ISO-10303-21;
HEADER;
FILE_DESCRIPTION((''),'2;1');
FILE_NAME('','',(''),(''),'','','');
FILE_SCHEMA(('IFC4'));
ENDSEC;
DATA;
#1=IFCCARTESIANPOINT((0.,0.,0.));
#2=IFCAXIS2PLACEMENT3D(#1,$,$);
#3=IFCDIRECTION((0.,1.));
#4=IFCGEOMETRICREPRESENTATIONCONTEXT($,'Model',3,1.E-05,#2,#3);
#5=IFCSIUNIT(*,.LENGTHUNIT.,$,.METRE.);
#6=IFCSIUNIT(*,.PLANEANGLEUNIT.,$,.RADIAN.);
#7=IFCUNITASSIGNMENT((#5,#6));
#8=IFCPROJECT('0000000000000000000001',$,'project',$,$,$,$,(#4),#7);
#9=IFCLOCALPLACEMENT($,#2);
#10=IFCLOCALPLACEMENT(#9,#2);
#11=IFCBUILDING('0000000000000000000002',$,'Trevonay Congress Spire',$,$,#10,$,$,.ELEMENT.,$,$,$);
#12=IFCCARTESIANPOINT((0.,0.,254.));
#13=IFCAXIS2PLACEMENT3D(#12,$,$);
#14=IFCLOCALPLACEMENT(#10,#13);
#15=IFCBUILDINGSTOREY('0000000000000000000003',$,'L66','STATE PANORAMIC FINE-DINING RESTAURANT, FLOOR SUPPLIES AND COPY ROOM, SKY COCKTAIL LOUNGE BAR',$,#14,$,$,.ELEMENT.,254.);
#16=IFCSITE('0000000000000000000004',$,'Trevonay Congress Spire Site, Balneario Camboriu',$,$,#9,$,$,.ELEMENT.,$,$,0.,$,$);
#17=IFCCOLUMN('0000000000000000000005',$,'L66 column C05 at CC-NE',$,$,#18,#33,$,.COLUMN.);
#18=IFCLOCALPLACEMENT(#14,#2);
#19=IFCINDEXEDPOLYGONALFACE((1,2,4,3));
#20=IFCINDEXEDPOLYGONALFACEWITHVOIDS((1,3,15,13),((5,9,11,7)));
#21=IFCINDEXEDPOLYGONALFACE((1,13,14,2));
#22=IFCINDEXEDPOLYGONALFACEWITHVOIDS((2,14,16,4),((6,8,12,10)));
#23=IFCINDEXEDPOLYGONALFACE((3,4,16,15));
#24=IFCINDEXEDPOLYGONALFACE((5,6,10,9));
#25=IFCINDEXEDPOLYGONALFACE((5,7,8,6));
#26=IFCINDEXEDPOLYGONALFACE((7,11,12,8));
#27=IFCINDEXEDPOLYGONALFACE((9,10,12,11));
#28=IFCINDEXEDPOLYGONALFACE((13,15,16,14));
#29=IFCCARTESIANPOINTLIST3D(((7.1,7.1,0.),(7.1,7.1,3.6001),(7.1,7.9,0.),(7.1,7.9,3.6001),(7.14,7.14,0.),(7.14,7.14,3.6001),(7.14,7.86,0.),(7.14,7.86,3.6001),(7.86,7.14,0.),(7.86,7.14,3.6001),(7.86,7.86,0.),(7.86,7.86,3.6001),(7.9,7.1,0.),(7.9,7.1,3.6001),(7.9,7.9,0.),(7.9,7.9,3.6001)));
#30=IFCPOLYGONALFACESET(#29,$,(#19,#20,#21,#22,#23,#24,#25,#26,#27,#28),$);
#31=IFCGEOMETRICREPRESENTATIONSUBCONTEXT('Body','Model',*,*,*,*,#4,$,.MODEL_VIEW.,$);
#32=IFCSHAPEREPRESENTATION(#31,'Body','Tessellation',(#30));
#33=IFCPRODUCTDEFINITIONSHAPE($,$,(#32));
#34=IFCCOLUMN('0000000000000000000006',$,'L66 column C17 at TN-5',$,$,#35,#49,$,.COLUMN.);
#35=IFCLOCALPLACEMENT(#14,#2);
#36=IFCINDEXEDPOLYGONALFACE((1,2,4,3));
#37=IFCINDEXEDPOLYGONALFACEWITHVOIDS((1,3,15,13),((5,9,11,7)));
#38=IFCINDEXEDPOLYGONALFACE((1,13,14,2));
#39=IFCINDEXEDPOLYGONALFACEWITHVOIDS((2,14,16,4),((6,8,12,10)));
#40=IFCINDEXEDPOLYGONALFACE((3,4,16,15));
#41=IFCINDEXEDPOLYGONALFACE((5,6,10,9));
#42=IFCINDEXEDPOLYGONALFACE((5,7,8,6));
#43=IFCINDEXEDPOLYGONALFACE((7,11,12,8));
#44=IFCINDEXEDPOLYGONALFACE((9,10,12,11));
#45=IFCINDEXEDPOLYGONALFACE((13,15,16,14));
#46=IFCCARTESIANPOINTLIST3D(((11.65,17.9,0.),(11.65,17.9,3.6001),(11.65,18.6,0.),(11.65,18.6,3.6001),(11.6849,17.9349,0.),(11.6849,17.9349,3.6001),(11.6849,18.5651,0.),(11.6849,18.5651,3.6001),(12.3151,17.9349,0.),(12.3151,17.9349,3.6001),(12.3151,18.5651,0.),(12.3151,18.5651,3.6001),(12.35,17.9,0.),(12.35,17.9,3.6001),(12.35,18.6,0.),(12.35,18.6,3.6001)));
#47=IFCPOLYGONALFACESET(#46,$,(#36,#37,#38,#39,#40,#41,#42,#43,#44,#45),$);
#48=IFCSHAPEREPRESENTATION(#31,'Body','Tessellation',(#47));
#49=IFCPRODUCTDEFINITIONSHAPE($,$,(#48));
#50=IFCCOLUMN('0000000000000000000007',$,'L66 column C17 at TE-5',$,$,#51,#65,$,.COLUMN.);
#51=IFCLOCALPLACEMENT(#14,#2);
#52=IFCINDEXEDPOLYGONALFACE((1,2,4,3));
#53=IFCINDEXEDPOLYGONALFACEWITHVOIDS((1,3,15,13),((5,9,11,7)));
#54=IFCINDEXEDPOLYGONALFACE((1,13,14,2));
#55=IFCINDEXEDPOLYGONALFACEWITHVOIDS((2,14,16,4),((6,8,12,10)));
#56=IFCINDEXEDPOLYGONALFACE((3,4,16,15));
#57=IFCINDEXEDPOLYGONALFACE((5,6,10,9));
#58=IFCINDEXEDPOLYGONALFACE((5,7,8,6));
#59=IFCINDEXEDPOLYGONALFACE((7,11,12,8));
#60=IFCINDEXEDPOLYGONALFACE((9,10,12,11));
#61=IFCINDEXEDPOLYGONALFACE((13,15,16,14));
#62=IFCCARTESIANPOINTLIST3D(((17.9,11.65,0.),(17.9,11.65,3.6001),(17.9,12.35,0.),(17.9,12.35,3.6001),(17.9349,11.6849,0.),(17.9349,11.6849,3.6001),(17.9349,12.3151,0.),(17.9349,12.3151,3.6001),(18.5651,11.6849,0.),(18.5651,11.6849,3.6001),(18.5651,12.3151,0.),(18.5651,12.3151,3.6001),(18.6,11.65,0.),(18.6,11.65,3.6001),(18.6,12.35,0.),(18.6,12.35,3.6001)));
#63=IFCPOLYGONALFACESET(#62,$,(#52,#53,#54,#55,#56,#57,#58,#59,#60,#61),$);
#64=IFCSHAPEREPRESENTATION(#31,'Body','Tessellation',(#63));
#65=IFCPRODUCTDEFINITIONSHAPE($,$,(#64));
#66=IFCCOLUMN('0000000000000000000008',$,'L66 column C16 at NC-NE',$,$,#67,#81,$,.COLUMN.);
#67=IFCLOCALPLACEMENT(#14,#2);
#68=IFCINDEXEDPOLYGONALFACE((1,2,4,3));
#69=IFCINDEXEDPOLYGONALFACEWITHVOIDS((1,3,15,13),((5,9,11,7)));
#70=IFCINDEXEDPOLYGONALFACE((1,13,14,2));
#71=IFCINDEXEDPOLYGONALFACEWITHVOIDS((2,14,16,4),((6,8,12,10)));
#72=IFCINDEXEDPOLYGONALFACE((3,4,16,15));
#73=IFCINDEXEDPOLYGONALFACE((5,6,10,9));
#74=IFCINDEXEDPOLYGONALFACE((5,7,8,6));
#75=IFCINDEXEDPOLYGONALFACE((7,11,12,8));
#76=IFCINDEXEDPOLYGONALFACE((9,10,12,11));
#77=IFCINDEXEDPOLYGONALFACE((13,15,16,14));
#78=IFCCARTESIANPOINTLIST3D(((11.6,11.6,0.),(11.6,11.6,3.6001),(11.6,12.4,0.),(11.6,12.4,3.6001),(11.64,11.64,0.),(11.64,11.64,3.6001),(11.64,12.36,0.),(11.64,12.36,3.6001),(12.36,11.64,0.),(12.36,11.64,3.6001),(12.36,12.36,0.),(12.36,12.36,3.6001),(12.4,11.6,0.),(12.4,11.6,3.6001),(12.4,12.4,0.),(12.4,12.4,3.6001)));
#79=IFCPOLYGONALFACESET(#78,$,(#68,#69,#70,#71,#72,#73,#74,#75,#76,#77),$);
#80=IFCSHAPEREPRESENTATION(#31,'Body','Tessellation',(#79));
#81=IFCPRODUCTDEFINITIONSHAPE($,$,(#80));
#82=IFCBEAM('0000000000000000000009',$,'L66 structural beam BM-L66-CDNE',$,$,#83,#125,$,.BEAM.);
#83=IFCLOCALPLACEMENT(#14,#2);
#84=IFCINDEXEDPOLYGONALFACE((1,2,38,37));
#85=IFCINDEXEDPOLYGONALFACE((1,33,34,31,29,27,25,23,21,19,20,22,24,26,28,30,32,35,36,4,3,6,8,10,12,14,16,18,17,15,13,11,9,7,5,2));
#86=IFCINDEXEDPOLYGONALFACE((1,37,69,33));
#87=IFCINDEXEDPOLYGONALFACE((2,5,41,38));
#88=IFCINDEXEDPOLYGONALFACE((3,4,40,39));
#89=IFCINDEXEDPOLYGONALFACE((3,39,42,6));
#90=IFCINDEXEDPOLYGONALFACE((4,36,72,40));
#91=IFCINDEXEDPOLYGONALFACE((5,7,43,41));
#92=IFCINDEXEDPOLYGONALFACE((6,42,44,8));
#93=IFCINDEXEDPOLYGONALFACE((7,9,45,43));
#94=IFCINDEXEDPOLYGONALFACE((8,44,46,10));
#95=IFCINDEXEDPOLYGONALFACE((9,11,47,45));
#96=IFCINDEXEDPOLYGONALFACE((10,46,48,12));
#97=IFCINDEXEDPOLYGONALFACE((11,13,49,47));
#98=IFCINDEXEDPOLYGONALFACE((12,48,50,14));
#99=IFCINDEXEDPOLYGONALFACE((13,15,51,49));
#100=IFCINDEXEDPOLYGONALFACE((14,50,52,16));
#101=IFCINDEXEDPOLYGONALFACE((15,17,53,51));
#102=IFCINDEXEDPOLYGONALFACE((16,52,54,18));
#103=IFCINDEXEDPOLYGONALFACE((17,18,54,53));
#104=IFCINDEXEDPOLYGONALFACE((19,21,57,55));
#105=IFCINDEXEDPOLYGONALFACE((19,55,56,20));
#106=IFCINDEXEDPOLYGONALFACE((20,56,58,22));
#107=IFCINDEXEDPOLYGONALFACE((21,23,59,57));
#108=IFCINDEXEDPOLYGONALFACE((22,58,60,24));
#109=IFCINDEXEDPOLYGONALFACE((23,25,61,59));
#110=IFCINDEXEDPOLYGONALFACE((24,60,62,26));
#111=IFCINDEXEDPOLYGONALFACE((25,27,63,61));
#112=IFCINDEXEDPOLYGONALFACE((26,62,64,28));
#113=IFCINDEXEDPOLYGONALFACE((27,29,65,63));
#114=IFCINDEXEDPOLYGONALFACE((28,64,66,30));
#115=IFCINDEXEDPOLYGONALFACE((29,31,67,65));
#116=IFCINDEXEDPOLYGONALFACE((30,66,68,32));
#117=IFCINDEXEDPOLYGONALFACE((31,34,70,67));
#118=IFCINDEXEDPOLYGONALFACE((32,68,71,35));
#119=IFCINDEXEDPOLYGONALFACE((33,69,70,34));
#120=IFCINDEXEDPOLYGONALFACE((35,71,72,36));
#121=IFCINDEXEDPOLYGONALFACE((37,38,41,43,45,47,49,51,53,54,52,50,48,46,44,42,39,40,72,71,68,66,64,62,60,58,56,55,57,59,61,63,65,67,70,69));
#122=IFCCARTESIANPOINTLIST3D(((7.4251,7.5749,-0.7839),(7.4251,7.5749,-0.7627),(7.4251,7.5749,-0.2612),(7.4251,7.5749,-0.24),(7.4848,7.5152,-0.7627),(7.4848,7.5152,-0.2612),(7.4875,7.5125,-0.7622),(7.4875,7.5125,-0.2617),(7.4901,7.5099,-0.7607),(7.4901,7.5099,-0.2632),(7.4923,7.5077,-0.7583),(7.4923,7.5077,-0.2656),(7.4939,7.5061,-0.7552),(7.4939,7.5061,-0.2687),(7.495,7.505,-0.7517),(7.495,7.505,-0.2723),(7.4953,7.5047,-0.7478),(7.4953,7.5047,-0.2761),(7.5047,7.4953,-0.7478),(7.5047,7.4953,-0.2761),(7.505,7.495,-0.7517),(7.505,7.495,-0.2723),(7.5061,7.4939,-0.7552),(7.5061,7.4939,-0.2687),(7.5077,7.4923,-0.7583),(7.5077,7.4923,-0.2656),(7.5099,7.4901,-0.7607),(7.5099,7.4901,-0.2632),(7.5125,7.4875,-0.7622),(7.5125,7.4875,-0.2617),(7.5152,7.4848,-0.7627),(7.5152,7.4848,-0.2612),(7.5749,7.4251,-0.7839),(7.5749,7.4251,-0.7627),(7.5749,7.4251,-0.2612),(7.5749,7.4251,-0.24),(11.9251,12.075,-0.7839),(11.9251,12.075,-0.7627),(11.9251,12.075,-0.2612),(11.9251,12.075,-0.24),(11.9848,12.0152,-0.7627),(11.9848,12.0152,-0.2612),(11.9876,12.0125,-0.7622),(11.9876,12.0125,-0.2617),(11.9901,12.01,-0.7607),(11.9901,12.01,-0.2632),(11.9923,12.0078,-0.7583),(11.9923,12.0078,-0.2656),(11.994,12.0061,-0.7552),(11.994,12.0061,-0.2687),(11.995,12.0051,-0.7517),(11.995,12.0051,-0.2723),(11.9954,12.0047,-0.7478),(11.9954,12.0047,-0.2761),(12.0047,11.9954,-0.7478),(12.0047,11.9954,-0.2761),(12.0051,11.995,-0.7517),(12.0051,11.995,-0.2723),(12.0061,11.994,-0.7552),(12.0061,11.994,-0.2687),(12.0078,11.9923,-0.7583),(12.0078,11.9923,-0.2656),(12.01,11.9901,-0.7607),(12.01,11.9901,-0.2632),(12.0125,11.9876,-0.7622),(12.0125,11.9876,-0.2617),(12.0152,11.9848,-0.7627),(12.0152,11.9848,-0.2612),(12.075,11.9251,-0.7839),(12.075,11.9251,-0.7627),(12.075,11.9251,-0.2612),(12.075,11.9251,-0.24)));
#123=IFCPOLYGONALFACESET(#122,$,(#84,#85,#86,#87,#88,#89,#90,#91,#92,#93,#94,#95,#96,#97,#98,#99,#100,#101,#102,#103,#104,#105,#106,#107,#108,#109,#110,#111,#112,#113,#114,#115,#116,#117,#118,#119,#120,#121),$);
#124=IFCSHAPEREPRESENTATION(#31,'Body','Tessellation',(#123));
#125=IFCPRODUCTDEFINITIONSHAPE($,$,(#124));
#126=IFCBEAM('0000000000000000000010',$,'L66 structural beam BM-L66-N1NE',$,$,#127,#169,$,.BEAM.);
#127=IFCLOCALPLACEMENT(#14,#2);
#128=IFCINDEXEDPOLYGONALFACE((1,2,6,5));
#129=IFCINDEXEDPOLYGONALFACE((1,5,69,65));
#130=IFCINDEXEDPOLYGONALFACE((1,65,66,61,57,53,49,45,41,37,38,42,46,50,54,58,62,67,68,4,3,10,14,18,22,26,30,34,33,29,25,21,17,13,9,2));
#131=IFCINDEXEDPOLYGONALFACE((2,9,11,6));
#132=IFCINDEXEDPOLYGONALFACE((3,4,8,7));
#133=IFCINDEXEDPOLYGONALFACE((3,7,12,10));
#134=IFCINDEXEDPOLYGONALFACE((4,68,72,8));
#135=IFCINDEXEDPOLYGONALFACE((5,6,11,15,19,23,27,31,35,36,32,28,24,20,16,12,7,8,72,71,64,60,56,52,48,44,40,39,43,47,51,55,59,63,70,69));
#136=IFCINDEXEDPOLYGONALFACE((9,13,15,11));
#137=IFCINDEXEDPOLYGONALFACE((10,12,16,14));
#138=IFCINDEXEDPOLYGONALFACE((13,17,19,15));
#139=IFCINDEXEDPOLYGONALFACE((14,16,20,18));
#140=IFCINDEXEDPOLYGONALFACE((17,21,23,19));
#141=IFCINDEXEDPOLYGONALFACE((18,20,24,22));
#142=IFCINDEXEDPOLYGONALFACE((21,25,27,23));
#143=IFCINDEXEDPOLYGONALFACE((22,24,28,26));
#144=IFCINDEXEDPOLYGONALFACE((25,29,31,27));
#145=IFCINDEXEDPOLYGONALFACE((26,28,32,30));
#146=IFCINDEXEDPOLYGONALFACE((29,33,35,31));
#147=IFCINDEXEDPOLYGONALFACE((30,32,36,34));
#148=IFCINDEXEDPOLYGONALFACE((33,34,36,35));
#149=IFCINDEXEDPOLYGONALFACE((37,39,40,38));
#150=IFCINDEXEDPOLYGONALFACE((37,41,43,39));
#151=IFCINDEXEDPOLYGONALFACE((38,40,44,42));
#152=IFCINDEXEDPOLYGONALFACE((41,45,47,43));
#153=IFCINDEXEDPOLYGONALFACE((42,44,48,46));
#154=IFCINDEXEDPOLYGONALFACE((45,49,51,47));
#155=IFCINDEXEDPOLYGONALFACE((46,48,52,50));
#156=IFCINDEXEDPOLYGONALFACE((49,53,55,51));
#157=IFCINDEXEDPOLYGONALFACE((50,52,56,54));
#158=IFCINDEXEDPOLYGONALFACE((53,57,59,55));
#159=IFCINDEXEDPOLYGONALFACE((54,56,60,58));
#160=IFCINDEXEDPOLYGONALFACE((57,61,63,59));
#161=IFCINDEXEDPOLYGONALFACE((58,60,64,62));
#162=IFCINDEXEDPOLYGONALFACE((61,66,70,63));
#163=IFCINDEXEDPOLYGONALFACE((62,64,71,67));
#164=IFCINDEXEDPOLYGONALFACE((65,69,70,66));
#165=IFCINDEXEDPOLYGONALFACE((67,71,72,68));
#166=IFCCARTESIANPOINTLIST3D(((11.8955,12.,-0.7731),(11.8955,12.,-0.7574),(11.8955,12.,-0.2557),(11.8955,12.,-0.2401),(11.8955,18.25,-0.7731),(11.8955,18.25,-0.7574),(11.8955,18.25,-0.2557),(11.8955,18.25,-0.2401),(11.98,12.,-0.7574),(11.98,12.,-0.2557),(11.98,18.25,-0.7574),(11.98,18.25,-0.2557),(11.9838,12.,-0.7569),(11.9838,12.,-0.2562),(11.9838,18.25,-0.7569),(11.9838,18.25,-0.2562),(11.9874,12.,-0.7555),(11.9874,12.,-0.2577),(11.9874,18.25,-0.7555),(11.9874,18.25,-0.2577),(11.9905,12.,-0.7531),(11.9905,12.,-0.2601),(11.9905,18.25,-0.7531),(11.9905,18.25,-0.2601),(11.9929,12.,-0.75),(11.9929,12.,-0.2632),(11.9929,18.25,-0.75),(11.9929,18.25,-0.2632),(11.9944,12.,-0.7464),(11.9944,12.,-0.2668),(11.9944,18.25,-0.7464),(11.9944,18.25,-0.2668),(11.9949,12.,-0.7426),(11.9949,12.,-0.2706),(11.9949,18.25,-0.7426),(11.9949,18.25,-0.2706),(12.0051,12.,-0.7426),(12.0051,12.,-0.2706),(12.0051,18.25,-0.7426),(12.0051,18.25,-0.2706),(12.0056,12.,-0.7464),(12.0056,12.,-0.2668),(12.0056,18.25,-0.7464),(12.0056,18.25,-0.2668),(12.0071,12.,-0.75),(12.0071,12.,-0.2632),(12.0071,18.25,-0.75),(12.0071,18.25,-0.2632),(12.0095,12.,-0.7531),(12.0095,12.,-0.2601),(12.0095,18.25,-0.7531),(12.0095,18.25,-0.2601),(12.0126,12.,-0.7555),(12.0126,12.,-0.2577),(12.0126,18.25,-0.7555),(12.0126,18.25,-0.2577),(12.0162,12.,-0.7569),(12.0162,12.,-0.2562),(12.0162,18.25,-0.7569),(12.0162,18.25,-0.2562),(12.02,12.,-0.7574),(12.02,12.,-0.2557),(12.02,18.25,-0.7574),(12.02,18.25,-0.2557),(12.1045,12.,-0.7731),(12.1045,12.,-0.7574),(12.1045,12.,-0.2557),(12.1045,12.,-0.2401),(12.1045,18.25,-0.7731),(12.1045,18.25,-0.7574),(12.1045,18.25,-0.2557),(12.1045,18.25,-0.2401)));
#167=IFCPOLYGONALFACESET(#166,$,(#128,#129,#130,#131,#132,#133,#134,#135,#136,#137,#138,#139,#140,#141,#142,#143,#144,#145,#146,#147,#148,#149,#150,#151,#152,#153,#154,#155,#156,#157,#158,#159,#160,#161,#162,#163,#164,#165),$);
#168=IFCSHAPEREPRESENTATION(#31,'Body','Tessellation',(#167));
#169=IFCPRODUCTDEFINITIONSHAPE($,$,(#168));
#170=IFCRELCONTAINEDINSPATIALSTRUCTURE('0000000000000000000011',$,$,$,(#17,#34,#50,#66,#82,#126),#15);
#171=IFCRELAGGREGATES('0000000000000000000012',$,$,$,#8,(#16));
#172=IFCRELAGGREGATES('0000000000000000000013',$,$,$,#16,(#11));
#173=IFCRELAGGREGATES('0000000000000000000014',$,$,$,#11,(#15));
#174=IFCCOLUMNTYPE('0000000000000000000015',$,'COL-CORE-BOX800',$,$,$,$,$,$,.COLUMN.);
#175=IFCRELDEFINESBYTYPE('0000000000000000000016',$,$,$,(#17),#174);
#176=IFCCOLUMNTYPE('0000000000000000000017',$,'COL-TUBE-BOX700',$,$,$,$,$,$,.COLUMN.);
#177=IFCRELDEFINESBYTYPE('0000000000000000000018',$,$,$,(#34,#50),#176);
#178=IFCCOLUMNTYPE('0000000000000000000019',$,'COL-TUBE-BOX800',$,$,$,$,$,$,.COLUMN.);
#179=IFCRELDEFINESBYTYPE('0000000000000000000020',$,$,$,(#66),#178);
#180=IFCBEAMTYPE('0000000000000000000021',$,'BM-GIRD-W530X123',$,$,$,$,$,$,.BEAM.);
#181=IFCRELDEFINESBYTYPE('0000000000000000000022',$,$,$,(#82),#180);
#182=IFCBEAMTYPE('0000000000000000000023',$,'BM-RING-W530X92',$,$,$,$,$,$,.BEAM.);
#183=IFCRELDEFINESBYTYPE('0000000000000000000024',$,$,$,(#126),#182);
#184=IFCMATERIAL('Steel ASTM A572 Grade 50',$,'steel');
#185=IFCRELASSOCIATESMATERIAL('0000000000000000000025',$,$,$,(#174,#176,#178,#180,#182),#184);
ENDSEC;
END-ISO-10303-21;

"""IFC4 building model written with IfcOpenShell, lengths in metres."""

from ifc_helpers import new_model, si_unit, direction, frame, origin, origin_2d, place, context, subcontext, project, spatial, hollow_rectangle, i_section, extrude, material, material_profile, profile_set, type_object, element, save


model = new_model("IFC4")

# Units and contexts
model_context = context("Model", 3, precision=1e-05, world=origin(), true_north=direction((0.0, 1.0)))
body_context = subcontext(model_context, "Body", "Model", "MODEL_VIEW")
ifc_project = project(units=[si_unit("LENGTHUNIT", "METRE"), si_unit("PLANEANGLEUNIT", "RADIAN")], contexts=[model_context])

# Site, building, storey
site_placement = place(None, origin())
site = spatial("IfcSite", under=ifc_project, at=site_placement, Name="Trevonay Congress Spire Site, Balneario Camboriu", CompositionType="ELEMENT", RefElevation=0.0)
building_placement = place(site_placement, origin())
building = spatial("IfcBuilding", under=site, at=building_placement, Name="Trevonay Congress Spire", CompositionType="ELEMENT")
storey_placement = place(building_placement, frame((0.0, 0.0, 254.0)))
storey = spatial("IfcBuildingStorey", under=building, at=storey_placement, Name="L66", Description="STATE PANORAMIC FINE-DINING RESTAURANT, FLOOR SUPPLIES AND COPY ROOM, SKY COCKTAIL LOUNGE BAR", CompositionType="ELEMENT", Elevation=254.0)

# Columns
ifc_material_1 = material(Name="Steel ASTM A572 Grade 50", Category="steel")
ifc_material_profile_1 = material_profile(ifc_material_1, hollow_rectangle(XDim=0.8, YDim=0.8, WallThickness=0.04, at=origin_2d()), Name="BOX 800x800x40")
ifc_profile_set_1 = profile_set([ifc_material_profile_1], Name="Steel ASTM A572 Grade 50")
column_type_1 = type_object("IfcColumnType", Name="COL-CORE-BOX800", PredefinedType="COLUMN", material=ifc_profile_set_1)
column_1_placement = place(storey_placement, frame((7.5, 7.5, 0.0), z_axis=(0.0, 0.0, 1.0), x_axis=(1.0, 0.0, 0.0)))
element("IfcColumn", 1, at=column_1_placement, inside=storey, type_object=column_type_1, Name="L66 column C05 at CC-NE", PredefinedType="COLUMN", context=body_context, shape_type="SweptSolid", body=[
    extrude(hollow_rectangle(XDim=0.8, YDim=0.8, WallThickness=0.04, at=origin_2d()), origin(), (0.0, 0.0, 1.0), 3.6001),
])
ifc_material_profile_2 = material_profile(ifc_material_1, hollow_rectangle(XDim=0.7, YDim=0.7, WallThickness=0.0349, at=origin_2d()), Name="BOX 700x700x35")
ifc_profile_set_2 = profile_set([ifc_material_profile_2], Name="Steel ASTM A572 Grade 50")
column_type_2 = type_object("IfcColumnType", Name="COL-TUBE-BOX700", PredefinedType="COLUMN", material=ifc_profile_set_2)
for number, where, z_axis, x_axis, name in (
    (2, (12.0, 18.25, 0.0), (0.0, 0.0, 1.0), (1.0, 0.0, 0.0), "L66 column C17 at TN-5"),
    (3, (18.25, 12.0, 0.0), (0.0, 0.0, 1.0), (1.0, 0.0, 0.0), "L66 column C17 at TE-5"),
):
    element("IfcColumn", number, at=place(storey_placement, frame(where, z_axis=z_axis, x_axis=x_axis)), inside=storey, type_object=column_type_2, Name=name, PredefinedType="COLUMN", context=body_context, shape_type="SweptSolid", body=[
        extrude(hollow_rectangle(XDim=0.7, YDim=0.7, WallThickness=0.0349, at=origin_2d()), origin(), (0.0, 0.0, 1.0), 3.6001),
    ])
ifc_material_profile_3 = material_profile(ifc_material_1, hollow_rectangle(XDim=0.8, YDim=0.8, WallThickness=0.04, at=origin_2d()), Name="BOX 800x800x40")
ifc_profile_set_3 = profile_set([ifc_material_profile_3], Name="Steel ASTM A572 Grade 50")
column_type_3 = type_object("IfcColumnType", Name="COL-TUBE-BOX800", PredefinedType="COLUMN", material=ifc_profile_set_3)
column_2_placement = place(storey_placement, frame((12.0, 12.0, 0.0), z_axis=(0.0, 0.0, 1.0), x_axis=(1.0, 0.0, 0.0)))
element("IfcColumn", 4, at=column_2_placement, inside=storey, type_object=column_type_3, Name="L66 column C16 at NC-NE", PredefinedType="COLUMN", context=body_context, shape_type="SweptSolid", body=[
    extrude(hollow_rectangle(XDim=0.8, YDim=0.8, WallThickness=0.04, at=origin_2d()), origin(), (0.0, 0.0, 1.0), 3.6001),
])

# Beams
ifc_material_profile_4 = material_profile(ifc_material_1, i_section(OverallWidth=0.2119, OverallDepth=0.5439, WebThickness=0.0132, FlangeThickness=0.0212, FilletRadius=0.0149, at=origin_2d()), Name="W530x123")
ifc_profile_set_4 = profile_set([ifc_material_profile_4], Name="Steel ASTM A572 Grade 50")
beam_type_1 = type_object("IfcBeamType", Name="BM-GIRD-W530X123", PredefinedType="BEAM", material=ifc_profile_set_4)
beam_placement = place(storey_placement, frame((7.5, 7.5, -0.512), z_axis=(0.707107, 0.707107, 0.0), x_axis=(-0.707107, 0.707107, 0.0)))
element("IfcBeam", 5, at=beam_placement, inside=storey, type_object=beam_type_1, Name="L66 structural beam BM-L66-CDNE", PredefinedType="BEAM", context=body_context, shape_type="SweptSolid", body=[
    extrude(i_section(OverallWidth=0.2119, OverallDepth=0.5439, WebThickness=0.0132, FlangeThickness=0.0212, FilletRadius=0.0149, at=origin_2d()), origin(), (0.0, 0.0, 1.0), 6.364),
])
ifc_material_profile_5 = material_profile(ifc_material_1, i_section(OverallWidth=0.209, OverallDepth=0.533, WebThickness=0.0103, FlangeThickness=0.0156, FilletRadius=0.0149, at=origin_2d()), Name="W530x92")
ifc_profile_set_5 = profile_set([ifc_material_profile_5], Name="Steel ASTM A572 Grade 50")
beam_type_2 = type_object("IfcBeamType", Name="BM-RING-W530X92", PredefinedType="BEAM", material=ifc_profile_set_5)
for number, where, z_axis, x_axis, name in (
    (6, (12.0, 18.25, -0.5066), (0.0, -1.0, 0.0), (1.0, 0.0, 0.0), "L66 structural beam BM-L66-N1NE"),
):
    element("IfcBeam", number, at=place(storey_placement, frame(where, z_axis=z_axis, x_axis=x_axis)), inside=storey, type_object=beam_type_2, Name=name, PredefinedType="BEAM", context=body_context, shape_type="SweptSolid", body=[
        extrude(i_section(OverallWidth=0.209, OverallDepth=0.533, WebThickness=0.0103, FlangeThickness=0.0156, FilletRadius=0.0149, at=origin_2d()), origin(), (0.0, 0.0, 1.0), 6.25),
    ])

save(model, "model.ifc")
